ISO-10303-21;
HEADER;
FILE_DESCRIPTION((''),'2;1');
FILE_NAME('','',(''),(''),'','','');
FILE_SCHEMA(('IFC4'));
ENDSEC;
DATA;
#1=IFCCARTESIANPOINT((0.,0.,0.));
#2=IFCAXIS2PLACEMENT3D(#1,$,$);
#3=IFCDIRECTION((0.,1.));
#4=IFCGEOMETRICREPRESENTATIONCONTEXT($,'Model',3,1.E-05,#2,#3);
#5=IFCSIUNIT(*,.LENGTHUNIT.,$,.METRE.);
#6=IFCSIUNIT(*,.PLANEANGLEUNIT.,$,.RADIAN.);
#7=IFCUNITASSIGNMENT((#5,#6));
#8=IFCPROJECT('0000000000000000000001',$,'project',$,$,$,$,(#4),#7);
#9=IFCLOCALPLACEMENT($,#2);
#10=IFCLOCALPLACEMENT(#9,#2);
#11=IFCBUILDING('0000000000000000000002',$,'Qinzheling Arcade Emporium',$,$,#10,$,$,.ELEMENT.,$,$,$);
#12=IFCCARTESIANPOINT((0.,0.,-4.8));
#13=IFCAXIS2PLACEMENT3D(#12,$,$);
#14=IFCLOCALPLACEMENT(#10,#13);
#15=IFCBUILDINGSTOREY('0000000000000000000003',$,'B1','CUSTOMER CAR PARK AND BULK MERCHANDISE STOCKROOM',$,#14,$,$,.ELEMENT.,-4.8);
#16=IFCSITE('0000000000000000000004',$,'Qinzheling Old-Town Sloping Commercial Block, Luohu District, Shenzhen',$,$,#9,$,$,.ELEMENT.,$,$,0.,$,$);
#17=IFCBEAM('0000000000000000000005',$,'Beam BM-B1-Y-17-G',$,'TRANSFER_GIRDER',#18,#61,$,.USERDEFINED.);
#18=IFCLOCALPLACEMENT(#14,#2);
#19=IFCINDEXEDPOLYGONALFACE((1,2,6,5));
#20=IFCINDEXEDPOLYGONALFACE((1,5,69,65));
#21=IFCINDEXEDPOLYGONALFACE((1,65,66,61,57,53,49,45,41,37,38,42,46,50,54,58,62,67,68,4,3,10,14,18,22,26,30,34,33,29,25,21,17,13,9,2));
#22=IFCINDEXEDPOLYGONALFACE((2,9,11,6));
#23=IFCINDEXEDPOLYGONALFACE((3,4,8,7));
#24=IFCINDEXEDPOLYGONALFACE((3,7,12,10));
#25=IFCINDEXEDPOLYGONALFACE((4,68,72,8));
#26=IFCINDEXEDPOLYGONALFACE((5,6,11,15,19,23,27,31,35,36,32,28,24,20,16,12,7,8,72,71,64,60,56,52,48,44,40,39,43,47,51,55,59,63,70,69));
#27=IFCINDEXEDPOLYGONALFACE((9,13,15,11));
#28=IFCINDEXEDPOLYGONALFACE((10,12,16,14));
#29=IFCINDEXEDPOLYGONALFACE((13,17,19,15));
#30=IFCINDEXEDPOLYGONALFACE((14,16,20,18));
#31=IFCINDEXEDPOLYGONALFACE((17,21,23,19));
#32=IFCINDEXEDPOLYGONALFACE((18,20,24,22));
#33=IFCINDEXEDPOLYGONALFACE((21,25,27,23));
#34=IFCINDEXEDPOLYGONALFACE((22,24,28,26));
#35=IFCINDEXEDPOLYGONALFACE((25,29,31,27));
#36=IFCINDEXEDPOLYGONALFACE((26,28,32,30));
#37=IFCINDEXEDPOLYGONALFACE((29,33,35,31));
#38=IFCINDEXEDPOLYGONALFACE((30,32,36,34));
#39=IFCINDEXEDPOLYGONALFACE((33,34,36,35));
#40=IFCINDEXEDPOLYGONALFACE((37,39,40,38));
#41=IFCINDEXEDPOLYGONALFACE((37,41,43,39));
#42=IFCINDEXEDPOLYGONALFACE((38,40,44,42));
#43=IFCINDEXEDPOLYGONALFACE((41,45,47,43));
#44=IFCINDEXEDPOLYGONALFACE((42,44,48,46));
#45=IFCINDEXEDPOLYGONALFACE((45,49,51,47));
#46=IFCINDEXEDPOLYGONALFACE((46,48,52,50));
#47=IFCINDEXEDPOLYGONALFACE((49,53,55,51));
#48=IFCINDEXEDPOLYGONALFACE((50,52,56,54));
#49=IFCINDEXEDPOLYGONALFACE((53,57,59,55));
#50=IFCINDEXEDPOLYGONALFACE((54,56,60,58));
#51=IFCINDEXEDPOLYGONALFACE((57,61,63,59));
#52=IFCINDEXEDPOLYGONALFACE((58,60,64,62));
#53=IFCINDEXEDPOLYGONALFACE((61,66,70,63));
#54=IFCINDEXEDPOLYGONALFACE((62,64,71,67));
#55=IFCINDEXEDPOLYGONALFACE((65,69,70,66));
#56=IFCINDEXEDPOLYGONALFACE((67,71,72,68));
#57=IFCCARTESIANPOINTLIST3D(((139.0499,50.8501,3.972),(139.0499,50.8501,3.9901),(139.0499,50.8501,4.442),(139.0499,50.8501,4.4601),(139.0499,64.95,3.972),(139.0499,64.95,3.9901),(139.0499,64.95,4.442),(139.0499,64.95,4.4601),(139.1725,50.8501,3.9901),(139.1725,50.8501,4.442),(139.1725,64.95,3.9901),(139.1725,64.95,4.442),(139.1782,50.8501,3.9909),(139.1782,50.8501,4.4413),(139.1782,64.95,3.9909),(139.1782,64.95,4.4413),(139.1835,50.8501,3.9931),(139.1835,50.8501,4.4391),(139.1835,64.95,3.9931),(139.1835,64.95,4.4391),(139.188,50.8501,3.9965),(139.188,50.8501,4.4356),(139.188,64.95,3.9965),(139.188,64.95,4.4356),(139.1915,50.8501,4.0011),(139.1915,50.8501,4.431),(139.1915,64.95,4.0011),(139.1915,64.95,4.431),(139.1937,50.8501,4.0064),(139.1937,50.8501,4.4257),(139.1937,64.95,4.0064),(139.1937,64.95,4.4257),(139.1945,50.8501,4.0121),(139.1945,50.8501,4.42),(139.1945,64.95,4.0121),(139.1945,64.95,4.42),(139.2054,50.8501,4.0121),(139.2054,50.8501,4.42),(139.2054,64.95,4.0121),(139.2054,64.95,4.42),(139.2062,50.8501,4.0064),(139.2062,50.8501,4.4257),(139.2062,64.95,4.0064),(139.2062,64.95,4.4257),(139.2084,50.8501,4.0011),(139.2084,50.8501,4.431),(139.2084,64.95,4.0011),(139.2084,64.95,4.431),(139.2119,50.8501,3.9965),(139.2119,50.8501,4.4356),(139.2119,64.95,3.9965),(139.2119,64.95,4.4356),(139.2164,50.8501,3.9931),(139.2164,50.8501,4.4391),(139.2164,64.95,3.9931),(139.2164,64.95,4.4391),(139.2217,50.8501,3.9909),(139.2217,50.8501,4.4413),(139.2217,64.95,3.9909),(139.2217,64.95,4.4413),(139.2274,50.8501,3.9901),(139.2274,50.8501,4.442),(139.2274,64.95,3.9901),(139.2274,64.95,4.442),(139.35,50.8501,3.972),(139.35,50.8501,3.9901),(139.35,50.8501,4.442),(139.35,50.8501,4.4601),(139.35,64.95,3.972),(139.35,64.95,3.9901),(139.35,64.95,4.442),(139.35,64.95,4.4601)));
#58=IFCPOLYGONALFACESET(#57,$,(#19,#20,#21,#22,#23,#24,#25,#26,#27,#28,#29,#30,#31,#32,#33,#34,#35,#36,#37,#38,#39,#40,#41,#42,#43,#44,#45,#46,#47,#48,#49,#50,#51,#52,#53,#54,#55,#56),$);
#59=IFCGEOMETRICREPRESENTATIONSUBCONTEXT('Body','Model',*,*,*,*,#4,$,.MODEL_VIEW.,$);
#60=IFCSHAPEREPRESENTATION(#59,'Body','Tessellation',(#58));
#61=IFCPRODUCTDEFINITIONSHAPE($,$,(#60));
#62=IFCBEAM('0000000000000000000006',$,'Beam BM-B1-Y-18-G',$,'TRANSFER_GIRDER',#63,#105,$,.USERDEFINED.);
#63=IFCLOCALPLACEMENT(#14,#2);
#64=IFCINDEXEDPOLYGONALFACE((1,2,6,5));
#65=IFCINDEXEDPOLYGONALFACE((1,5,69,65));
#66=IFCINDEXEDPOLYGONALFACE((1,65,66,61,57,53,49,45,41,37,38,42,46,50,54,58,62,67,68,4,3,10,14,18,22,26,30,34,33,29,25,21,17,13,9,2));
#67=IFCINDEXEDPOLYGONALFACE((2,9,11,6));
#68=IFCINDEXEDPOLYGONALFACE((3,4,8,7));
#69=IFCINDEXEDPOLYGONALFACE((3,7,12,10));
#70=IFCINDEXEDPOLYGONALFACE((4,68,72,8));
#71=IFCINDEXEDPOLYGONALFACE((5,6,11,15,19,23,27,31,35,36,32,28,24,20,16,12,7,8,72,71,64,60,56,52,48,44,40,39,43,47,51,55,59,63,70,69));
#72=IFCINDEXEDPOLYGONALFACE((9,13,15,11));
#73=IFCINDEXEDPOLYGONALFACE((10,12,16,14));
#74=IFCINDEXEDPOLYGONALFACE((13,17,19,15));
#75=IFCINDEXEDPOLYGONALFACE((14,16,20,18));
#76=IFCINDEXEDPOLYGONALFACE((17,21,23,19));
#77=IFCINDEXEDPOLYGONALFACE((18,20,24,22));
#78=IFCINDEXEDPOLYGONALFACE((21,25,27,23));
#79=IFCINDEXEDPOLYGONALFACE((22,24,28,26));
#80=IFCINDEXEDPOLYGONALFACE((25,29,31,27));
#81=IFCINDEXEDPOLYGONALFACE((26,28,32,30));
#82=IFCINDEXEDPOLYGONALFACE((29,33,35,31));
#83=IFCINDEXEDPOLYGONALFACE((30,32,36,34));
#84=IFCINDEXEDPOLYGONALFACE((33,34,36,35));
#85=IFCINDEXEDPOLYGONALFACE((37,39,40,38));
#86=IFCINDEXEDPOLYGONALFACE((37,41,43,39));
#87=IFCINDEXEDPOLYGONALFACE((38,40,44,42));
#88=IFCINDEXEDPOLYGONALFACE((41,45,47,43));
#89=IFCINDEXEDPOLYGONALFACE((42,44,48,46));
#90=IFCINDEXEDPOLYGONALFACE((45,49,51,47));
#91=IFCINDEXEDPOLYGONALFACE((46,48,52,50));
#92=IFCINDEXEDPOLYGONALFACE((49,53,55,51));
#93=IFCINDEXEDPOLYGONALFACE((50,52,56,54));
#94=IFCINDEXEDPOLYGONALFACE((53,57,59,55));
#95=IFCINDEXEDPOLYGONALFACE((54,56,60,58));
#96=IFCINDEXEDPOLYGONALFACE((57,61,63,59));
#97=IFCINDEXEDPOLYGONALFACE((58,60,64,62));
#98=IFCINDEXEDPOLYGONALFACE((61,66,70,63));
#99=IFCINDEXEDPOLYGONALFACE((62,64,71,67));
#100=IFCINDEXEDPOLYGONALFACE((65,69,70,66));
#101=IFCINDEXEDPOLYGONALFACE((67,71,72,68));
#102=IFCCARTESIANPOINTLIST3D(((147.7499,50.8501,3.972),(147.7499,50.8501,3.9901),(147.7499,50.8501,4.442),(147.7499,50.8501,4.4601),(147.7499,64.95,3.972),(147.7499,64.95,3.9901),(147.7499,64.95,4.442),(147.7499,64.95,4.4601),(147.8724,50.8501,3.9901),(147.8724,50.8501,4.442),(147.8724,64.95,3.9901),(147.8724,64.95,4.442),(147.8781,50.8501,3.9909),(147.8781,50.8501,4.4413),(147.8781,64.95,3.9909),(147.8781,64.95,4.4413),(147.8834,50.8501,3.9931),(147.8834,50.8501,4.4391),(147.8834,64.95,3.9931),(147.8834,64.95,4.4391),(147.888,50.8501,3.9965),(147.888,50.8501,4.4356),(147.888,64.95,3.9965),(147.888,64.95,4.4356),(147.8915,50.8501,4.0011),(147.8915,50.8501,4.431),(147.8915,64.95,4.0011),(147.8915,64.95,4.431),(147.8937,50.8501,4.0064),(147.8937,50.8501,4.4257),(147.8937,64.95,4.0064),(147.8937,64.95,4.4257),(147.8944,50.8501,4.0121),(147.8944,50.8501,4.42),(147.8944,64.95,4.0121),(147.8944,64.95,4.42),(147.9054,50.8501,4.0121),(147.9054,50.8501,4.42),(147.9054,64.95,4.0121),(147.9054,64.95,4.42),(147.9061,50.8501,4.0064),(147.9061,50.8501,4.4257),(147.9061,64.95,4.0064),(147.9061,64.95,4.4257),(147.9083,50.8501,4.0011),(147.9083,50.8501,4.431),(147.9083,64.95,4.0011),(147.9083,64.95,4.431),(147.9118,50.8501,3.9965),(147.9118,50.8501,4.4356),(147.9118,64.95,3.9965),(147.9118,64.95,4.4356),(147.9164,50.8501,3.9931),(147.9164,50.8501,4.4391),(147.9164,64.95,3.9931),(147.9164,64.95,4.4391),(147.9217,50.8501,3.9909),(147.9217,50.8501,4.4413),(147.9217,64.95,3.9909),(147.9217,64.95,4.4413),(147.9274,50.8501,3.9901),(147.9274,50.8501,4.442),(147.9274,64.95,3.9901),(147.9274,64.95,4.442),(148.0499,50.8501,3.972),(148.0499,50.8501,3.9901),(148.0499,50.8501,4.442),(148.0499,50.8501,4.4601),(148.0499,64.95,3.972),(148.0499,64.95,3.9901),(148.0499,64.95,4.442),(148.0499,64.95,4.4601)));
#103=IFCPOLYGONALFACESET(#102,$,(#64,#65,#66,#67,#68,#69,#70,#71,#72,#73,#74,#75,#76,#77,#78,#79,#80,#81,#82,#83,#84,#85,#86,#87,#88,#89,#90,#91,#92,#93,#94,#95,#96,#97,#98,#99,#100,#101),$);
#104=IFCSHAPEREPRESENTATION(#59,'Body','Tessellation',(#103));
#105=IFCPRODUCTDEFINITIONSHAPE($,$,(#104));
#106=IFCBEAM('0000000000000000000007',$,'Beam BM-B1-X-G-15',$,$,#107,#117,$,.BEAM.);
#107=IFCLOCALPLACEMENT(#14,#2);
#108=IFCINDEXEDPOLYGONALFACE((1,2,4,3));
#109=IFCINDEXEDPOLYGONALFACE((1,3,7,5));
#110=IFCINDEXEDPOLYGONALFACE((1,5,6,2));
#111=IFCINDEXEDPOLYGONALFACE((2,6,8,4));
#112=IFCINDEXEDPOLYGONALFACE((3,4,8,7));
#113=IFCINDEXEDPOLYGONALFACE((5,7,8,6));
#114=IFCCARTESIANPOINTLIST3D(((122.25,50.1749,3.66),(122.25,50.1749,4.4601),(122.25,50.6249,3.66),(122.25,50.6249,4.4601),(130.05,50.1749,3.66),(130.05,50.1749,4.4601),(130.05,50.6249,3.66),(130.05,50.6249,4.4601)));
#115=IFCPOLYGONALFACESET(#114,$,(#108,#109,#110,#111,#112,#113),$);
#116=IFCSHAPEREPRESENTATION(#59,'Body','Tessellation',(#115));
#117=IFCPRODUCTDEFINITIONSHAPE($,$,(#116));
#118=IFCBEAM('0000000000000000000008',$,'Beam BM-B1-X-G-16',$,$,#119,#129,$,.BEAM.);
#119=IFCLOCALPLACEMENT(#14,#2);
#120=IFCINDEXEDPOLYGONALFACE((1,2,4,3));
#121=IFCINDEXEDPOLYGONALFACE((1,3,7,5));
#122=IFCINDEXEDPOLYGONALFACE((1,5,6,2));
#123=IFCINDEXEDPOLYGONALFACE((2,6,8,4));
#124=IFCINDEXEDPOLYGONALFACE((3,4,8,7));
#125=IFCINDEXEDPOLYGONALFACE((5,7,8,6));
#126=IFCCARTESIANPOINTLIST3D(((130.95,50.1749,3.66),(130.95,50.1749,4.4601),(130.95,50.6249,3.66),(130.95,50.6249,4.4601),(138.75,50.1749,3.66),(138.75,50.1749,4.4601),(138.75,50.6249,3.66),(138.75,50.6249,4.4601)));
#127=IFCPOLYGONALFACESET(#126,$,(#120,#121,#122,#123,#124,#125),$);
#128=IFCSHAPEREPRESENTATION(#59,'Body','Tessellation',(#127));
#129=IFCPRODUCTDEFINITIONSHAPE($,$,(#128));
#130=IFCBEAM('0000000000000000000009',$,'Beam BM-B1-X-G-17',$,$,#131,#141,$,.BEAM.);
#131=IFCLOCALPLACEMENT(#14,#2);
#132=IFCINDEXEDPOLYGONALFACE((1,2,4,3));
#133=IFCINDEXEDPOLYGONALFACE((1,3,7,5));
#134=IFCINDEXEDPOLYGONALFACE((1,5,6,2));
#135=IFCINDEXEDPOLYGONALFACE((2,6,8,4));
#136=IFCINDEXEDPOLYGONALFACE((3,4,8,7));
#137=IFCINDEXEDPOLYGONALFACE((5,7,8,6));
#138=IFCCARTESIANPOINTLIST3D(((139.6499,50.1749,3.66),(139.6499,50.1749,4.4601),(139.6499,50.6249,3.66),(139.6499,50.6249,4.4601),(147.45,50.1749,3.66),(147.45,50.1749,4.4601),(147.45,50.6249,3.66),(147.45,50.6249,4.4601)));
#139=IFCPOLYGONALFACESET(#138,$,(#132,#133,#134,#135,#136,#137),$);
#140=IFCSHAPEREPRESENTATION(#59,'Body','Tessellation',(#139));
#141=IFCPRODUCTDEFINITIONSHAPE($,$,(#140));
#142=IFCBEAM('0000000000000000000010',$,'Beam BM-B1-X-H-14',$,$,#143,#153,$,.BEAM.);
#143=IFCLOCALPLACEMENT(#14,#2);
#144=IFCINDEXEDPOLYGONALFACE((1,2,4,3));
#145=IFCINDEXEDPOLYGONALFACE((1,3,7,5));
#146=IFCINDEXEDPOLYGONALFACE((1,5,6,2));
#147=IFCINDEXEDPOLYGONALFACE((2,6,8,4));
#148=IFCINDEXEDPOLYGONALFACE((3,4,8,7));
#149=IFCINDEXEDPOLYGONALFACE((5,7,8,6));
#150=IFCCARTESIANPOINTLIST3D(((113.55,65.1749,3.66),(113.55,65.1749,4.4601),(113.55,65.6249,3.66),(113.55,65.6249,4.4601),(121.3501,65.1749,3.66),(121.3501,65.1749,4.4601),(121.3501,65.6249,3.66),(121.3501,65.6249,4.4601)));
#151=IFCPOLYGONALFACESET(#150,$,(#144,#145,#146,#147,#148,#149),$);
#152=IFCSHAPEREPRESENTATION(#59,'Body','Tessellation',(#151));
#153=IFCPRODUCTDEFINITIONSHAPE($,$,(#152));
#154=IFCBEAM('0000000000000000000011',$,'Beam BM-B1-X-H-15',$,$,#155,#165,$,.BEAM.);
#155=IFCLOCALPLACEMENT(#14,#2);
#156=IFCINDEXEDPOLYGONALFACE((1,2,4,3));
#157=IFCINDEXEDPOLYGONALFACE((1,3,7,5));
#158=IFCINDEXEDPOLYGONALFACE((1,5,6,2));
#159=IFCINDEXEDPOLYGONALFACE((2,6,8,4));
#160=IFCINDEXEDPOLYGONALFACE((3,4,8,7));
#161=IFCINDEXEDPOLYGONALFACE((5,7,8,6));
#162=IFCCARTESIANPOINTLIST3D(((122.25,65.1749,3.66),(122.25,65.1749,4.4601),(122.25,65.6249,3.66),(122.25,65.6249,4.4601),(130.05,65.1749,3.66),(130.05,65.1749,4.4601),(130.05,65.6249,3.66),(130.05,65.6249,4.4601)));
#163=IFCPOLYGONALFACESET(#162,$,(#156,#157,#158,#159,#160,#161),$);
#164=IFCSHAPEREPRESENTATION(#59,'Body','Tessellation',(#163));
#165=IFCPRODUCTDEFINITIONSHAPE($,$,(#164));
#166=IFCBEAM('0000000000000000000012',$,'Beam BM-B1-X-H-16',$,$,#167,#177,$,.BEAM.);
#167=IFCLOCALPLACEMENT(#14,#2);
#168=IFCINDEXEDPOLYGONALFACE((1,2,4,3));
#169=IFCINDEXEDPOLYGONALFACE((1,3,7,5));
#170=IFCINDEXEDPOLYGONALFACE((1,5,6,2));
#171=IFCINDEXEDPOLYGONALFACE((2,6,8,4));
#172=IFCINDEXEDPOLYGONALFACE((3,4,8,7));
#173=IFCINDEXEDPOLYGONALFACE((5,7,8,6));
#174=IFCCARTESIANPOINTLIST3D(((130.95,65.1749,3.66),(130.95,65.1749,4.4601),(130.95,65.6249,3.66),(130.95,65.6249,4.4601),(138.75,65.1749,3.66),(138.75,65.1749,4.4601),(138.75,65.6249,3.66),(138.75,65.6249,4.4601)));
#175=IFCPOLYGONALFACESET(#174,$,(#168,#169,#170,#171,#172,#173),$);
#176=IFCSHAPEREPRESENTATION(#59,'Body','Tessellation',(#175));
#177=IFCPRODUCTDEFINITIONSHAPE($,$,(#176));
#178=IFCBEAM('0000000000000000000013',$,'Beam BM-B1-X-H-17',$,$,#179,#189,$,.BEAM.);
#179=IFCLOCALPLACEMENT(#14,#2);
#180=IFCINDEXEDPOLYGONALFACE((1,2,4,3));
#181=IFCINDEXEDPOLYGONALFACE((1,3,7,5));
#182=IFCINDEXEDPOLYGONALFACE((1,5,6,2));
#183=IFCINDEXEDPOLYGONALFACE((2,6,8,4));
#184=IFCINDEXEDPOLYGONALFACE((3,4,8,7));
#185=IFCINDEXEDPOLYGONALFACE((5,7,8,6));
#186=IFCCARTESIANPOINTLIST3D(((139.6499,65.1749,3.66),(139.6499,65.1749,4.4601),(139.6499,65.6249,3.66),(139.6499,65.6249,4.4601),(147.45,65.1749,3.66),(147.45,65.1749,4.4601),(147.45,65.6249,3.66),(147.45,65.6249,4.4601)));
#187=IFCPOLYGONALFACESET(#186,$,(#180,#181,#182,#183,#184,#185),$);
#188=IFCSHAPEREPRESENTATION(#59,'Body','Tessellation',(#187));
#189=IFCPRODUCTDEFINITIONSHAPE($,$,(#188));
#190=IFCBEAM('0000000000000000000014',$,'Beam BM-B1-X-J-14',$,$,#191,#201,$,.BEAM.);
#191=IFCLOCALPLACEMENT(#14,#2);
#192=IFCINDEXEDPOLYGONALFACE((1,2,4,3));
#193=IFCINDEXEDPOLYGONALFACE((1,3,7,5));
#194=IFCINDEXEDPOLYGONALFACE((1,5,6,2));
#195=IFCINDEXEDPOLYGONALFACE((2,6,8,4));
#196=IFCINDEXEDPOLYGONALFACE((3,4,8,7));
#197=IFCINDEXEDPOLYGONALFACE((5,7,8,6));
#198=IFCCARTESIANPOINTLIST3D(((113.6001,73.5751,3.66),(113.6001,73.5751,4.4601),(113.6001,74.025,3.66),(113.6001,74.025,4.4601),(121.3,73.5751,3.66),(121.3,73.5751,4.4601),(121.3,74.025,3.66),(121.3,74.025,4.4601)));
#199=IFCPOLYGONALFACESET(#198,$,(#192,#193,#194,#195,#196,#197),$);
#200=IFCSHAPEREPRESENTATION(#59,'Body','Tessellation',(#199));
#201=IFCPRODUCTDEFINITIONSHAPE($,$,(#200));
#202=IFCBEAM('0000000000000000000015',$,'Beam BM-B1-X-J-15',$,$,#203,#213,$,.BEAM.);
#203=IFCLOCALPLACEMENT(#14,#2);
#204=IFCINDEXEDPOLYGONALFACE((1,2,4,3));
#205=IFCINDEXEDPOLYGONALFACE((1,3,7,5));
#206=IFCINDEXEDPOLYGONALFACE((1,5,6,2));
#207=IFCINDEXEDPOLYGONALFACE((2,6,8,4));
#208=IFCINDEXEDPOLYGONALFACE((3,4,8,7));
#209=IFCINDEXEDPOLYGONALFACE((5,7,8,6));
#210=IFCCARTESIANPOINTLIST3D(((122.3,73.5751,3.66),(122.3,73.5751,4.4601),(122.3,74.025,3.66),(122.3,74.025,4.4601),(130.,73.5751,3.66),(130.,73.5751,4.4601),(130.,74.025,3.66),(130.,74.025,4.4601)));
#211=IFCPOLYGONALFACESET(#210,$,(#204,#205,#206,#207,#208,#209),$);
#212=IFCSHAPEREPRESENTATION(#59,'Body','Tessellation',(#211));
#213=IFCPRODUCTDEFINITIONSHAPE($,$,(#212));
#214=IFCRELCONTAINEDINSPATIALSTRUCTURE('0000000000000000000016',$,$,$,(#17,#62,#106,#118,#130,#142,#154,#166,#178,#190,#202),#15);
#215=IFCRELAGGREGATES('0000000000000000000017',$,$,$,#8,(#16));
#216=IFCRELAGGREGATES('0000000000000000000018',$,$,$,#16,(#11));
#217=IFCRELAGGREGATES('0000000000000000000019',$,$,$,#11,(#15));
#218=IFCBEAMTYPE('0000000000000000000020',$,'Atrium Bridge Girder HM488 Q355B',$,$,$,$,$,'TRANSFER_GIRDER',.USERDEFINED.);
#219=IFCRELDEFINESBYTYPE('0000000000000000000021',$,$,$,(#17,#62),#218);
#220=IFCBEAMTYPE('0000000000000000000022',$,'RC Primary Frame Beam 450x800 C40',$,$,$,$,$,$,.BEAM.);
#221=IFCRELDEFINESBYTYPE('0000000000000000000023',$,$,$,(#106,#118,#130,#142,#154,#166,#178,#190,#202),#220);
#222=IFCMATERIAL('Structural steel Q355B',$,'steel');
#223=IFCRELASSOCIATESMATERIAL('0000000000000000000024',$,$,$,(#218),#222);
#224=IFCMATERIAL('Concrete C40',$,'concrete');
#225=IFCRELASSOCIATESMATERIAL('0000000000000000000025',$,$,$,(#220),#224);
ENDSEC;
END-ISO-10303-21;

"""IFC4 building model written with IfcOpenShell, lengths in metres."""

from ifc_helpers import new_model, si_unit, direction, frame, origin, origin_2d, place, context, subcontext, project, spatial, rectangle, i_section, extrude, material, material_profile, profile_set, type_object, element, save


model = new_model("IFC4")

# Units and contexts
model_context = context("Model", 3, precision=1e-05, world=origin(), true_north=direction((0.0, 1.0)))
body_context = subcontext(model_context, "Body", "Model", "MODEL_VIEW")
ifc_project = project(units=[si_unit("LENGTHUNIT", "METRE"), si_unit("PLANEANGLEUNIT", "RADIAN")], contexts=[model_context])

# Site, building, storey
site_placement = place(None, origin())
site = spatial("IfcSite", under=ifc_project, at=site_placement, Name="Qinzheling Old-Town Sloping Commercial Block, Luohu District, Shenzhen", CompositionType="ELEMENT", RefElevation=0.0)
building_placement = place(site_placement, origin())
building = spatial("IfcBuilding", under=site, at=building_placement, Name="Qinzheling Arcade Emporium", CompositionType="ELEMENT")
storey_placement = place(building_placement, frame((0.0, 0.0, -4.8)))
storey = spatial("IfcBuildingStorey", under=building, at=storey_placement, Name="B1", Description="CUSTOMER CAR PARK AND BULK MERCHANDISE STOCKROOM", CompositionType="ELEMENT", Elevation=-4.8)

# Beams
ifc_material_1 = material(Name="Structural steel Q355B", Category="steel")
ifc_material_profile_1 = material_profile(ifc_material_1, i_section(OverallWidth=0.3, OverallDepth=0.488, WebThickness=0.011, FlangeThickness=0.0181, FilletRadius=0.022, at=origin_2d()), Name="HM 488x300x11x18", Category="steel")
ifc_profile_set_1 = profile_set([ifc_material_profile_1], Name="Structural steel Q355B")
beam_type_1 = type_object("IfcBeamType", Name="Atrium Bridge Girder HM488 Q355B", ElementType="TRANSFER_GIRDER", PredefinedType="USERDEFINED", material=ifc_profile_set_1)
for number, where, z_axis, x_axis, name in (
    (1, (139.2, 50.8501, 4.2161), (0.0, 1.0, 0.0), (-1.0, 0.0, 0.0), "Beam BM-B1-Y-17-G"),
    (2, (147.8999, 50.8501, 4.2161), (0.0, 1.0, 0.0), (-1.0, 0.0, 0.0), "Beam BM-B1-Y-18-G"),
):
    element("IfcBeam", number, at=place(storey_placement, frame(where, z_axis=z_axis, x_axis=x_axis)), inside=storey, type_object=beam_type_1, Name=name, ObjectType="TRANSFER_GIRDER", PredefinedType="USERDEFINED", context=body_context, shape_type="SweptSolid", body=[
        extrude(i_section(OverallWidth=0.3, OverallDepth=0.488, WebThickness=0.011, FlangeThickness=0.0181, FilletRadius=0.022, at=origin_2d()), origin(), (0.0, 0.0, 1.0), 14.0999),
    ])
ifc_material_2 = material(Name="Concrete C40", Category="concrete")
ifc_material_profile_2 = material_profile(ifc_material_2, rectangle(XDim=0.45, YDim=0.8, at=origin_2d()), Name="RC 450x800", Category="concrete")
ifc_profile_set_2 = profile_set([ifc_material_profile_2], Name="Concrete C40")
beam_type_2 = type_object("IfcBeamType", Name="RC Primary Frame Beam 450x800 C40", PredefinedType="BEAM", material=ifc_profile_set_2)
for number, where, z_axis, x_axis, name in (
    (3, (122.25, 50.3999, 4.0601), (1.0, 0.0, 0.0), (0.0, 1.0, 0.0), "Beam BM-B1-X-G-15"),
    (4, (130.95, 50.3999, 4.0601), (1.0, 0.0, 0.0), (0.0, 1.0, 0.0), "Beam BM-B1-X-G-16"),
    (5, (139.6499, 50.3999, 4.0601), (1.0, 0.0, 0.0), (0.0, 1.0, 0.0), "Beam BM-B1-X-G-17"),
    (6, (113.55, 65.3999, 4.0601), (1.0, 0.0, 0.0), (0.0, 1.0, 0.0), "Beam BM-B1-X-H-14"),
    (7, (122.25, 65.3999, 4.0601), (1.0, 0.0, 0.0), (0.0, 1.0, 0.0), "Beam BM-B1-X-H-15"),
    (8, (130.95, 65.3999, 4.0601), (1.0, 0.0, 0.0), (0.0, 1.0, 0.0), "Beam BM-B1-X-H-16"),
    (9, (139.6499, 65.3999, 4.0601), (1.0, 0.0, 0.0), (0.0, 1.0, 0.0), "Beam BM-B1-X-H-17"),
):
    element("IfcBeam", number, at=place(storey_placement, frame(where, z_axis=z_axis, x_axis=x_axis)), inside=storey, type_object=beam_type_2, Name=name, PredefinedType="BEAM", context=body_context, shape_type="SweptSolid", body=[
        extrude(rectangle(XDim=0.45, YDim=0.8, at=origin_2d()), origin(), (0.0, 0.0, 1.0), 7.8),
    ])
for number, where, z_axis, x_axis, name in (
    (10, (113.6001, 73.8, 4.0601), (1.0, 0.0, 0.0), (0.0, 1.0, 0.0), "Beam BM-B1-X-J-14"),
    (11, (122.3, 73.8, 4.0601), (1.0, 0.0, 0.0), (0.0, 1.0, 0.0), "Beam BM-B1-X-J-15"),
):
    element("IfcBeam", number, at=place(storey_placement, frame(where, z_axis=z_axis, x_axis=x_axis)), inside=storey, type_object=beam_type_2, Name=name, PredefinedType="BEAM", context=body_context, shape_type="SweptSolid", body=[
        extrude(rectangle(XDim=0.45, YDim=0.8, at=origin_2d()), origin(), (0.0, 0.0, 1.0), 7.7),
    ])

save(model, "model.ifc")
